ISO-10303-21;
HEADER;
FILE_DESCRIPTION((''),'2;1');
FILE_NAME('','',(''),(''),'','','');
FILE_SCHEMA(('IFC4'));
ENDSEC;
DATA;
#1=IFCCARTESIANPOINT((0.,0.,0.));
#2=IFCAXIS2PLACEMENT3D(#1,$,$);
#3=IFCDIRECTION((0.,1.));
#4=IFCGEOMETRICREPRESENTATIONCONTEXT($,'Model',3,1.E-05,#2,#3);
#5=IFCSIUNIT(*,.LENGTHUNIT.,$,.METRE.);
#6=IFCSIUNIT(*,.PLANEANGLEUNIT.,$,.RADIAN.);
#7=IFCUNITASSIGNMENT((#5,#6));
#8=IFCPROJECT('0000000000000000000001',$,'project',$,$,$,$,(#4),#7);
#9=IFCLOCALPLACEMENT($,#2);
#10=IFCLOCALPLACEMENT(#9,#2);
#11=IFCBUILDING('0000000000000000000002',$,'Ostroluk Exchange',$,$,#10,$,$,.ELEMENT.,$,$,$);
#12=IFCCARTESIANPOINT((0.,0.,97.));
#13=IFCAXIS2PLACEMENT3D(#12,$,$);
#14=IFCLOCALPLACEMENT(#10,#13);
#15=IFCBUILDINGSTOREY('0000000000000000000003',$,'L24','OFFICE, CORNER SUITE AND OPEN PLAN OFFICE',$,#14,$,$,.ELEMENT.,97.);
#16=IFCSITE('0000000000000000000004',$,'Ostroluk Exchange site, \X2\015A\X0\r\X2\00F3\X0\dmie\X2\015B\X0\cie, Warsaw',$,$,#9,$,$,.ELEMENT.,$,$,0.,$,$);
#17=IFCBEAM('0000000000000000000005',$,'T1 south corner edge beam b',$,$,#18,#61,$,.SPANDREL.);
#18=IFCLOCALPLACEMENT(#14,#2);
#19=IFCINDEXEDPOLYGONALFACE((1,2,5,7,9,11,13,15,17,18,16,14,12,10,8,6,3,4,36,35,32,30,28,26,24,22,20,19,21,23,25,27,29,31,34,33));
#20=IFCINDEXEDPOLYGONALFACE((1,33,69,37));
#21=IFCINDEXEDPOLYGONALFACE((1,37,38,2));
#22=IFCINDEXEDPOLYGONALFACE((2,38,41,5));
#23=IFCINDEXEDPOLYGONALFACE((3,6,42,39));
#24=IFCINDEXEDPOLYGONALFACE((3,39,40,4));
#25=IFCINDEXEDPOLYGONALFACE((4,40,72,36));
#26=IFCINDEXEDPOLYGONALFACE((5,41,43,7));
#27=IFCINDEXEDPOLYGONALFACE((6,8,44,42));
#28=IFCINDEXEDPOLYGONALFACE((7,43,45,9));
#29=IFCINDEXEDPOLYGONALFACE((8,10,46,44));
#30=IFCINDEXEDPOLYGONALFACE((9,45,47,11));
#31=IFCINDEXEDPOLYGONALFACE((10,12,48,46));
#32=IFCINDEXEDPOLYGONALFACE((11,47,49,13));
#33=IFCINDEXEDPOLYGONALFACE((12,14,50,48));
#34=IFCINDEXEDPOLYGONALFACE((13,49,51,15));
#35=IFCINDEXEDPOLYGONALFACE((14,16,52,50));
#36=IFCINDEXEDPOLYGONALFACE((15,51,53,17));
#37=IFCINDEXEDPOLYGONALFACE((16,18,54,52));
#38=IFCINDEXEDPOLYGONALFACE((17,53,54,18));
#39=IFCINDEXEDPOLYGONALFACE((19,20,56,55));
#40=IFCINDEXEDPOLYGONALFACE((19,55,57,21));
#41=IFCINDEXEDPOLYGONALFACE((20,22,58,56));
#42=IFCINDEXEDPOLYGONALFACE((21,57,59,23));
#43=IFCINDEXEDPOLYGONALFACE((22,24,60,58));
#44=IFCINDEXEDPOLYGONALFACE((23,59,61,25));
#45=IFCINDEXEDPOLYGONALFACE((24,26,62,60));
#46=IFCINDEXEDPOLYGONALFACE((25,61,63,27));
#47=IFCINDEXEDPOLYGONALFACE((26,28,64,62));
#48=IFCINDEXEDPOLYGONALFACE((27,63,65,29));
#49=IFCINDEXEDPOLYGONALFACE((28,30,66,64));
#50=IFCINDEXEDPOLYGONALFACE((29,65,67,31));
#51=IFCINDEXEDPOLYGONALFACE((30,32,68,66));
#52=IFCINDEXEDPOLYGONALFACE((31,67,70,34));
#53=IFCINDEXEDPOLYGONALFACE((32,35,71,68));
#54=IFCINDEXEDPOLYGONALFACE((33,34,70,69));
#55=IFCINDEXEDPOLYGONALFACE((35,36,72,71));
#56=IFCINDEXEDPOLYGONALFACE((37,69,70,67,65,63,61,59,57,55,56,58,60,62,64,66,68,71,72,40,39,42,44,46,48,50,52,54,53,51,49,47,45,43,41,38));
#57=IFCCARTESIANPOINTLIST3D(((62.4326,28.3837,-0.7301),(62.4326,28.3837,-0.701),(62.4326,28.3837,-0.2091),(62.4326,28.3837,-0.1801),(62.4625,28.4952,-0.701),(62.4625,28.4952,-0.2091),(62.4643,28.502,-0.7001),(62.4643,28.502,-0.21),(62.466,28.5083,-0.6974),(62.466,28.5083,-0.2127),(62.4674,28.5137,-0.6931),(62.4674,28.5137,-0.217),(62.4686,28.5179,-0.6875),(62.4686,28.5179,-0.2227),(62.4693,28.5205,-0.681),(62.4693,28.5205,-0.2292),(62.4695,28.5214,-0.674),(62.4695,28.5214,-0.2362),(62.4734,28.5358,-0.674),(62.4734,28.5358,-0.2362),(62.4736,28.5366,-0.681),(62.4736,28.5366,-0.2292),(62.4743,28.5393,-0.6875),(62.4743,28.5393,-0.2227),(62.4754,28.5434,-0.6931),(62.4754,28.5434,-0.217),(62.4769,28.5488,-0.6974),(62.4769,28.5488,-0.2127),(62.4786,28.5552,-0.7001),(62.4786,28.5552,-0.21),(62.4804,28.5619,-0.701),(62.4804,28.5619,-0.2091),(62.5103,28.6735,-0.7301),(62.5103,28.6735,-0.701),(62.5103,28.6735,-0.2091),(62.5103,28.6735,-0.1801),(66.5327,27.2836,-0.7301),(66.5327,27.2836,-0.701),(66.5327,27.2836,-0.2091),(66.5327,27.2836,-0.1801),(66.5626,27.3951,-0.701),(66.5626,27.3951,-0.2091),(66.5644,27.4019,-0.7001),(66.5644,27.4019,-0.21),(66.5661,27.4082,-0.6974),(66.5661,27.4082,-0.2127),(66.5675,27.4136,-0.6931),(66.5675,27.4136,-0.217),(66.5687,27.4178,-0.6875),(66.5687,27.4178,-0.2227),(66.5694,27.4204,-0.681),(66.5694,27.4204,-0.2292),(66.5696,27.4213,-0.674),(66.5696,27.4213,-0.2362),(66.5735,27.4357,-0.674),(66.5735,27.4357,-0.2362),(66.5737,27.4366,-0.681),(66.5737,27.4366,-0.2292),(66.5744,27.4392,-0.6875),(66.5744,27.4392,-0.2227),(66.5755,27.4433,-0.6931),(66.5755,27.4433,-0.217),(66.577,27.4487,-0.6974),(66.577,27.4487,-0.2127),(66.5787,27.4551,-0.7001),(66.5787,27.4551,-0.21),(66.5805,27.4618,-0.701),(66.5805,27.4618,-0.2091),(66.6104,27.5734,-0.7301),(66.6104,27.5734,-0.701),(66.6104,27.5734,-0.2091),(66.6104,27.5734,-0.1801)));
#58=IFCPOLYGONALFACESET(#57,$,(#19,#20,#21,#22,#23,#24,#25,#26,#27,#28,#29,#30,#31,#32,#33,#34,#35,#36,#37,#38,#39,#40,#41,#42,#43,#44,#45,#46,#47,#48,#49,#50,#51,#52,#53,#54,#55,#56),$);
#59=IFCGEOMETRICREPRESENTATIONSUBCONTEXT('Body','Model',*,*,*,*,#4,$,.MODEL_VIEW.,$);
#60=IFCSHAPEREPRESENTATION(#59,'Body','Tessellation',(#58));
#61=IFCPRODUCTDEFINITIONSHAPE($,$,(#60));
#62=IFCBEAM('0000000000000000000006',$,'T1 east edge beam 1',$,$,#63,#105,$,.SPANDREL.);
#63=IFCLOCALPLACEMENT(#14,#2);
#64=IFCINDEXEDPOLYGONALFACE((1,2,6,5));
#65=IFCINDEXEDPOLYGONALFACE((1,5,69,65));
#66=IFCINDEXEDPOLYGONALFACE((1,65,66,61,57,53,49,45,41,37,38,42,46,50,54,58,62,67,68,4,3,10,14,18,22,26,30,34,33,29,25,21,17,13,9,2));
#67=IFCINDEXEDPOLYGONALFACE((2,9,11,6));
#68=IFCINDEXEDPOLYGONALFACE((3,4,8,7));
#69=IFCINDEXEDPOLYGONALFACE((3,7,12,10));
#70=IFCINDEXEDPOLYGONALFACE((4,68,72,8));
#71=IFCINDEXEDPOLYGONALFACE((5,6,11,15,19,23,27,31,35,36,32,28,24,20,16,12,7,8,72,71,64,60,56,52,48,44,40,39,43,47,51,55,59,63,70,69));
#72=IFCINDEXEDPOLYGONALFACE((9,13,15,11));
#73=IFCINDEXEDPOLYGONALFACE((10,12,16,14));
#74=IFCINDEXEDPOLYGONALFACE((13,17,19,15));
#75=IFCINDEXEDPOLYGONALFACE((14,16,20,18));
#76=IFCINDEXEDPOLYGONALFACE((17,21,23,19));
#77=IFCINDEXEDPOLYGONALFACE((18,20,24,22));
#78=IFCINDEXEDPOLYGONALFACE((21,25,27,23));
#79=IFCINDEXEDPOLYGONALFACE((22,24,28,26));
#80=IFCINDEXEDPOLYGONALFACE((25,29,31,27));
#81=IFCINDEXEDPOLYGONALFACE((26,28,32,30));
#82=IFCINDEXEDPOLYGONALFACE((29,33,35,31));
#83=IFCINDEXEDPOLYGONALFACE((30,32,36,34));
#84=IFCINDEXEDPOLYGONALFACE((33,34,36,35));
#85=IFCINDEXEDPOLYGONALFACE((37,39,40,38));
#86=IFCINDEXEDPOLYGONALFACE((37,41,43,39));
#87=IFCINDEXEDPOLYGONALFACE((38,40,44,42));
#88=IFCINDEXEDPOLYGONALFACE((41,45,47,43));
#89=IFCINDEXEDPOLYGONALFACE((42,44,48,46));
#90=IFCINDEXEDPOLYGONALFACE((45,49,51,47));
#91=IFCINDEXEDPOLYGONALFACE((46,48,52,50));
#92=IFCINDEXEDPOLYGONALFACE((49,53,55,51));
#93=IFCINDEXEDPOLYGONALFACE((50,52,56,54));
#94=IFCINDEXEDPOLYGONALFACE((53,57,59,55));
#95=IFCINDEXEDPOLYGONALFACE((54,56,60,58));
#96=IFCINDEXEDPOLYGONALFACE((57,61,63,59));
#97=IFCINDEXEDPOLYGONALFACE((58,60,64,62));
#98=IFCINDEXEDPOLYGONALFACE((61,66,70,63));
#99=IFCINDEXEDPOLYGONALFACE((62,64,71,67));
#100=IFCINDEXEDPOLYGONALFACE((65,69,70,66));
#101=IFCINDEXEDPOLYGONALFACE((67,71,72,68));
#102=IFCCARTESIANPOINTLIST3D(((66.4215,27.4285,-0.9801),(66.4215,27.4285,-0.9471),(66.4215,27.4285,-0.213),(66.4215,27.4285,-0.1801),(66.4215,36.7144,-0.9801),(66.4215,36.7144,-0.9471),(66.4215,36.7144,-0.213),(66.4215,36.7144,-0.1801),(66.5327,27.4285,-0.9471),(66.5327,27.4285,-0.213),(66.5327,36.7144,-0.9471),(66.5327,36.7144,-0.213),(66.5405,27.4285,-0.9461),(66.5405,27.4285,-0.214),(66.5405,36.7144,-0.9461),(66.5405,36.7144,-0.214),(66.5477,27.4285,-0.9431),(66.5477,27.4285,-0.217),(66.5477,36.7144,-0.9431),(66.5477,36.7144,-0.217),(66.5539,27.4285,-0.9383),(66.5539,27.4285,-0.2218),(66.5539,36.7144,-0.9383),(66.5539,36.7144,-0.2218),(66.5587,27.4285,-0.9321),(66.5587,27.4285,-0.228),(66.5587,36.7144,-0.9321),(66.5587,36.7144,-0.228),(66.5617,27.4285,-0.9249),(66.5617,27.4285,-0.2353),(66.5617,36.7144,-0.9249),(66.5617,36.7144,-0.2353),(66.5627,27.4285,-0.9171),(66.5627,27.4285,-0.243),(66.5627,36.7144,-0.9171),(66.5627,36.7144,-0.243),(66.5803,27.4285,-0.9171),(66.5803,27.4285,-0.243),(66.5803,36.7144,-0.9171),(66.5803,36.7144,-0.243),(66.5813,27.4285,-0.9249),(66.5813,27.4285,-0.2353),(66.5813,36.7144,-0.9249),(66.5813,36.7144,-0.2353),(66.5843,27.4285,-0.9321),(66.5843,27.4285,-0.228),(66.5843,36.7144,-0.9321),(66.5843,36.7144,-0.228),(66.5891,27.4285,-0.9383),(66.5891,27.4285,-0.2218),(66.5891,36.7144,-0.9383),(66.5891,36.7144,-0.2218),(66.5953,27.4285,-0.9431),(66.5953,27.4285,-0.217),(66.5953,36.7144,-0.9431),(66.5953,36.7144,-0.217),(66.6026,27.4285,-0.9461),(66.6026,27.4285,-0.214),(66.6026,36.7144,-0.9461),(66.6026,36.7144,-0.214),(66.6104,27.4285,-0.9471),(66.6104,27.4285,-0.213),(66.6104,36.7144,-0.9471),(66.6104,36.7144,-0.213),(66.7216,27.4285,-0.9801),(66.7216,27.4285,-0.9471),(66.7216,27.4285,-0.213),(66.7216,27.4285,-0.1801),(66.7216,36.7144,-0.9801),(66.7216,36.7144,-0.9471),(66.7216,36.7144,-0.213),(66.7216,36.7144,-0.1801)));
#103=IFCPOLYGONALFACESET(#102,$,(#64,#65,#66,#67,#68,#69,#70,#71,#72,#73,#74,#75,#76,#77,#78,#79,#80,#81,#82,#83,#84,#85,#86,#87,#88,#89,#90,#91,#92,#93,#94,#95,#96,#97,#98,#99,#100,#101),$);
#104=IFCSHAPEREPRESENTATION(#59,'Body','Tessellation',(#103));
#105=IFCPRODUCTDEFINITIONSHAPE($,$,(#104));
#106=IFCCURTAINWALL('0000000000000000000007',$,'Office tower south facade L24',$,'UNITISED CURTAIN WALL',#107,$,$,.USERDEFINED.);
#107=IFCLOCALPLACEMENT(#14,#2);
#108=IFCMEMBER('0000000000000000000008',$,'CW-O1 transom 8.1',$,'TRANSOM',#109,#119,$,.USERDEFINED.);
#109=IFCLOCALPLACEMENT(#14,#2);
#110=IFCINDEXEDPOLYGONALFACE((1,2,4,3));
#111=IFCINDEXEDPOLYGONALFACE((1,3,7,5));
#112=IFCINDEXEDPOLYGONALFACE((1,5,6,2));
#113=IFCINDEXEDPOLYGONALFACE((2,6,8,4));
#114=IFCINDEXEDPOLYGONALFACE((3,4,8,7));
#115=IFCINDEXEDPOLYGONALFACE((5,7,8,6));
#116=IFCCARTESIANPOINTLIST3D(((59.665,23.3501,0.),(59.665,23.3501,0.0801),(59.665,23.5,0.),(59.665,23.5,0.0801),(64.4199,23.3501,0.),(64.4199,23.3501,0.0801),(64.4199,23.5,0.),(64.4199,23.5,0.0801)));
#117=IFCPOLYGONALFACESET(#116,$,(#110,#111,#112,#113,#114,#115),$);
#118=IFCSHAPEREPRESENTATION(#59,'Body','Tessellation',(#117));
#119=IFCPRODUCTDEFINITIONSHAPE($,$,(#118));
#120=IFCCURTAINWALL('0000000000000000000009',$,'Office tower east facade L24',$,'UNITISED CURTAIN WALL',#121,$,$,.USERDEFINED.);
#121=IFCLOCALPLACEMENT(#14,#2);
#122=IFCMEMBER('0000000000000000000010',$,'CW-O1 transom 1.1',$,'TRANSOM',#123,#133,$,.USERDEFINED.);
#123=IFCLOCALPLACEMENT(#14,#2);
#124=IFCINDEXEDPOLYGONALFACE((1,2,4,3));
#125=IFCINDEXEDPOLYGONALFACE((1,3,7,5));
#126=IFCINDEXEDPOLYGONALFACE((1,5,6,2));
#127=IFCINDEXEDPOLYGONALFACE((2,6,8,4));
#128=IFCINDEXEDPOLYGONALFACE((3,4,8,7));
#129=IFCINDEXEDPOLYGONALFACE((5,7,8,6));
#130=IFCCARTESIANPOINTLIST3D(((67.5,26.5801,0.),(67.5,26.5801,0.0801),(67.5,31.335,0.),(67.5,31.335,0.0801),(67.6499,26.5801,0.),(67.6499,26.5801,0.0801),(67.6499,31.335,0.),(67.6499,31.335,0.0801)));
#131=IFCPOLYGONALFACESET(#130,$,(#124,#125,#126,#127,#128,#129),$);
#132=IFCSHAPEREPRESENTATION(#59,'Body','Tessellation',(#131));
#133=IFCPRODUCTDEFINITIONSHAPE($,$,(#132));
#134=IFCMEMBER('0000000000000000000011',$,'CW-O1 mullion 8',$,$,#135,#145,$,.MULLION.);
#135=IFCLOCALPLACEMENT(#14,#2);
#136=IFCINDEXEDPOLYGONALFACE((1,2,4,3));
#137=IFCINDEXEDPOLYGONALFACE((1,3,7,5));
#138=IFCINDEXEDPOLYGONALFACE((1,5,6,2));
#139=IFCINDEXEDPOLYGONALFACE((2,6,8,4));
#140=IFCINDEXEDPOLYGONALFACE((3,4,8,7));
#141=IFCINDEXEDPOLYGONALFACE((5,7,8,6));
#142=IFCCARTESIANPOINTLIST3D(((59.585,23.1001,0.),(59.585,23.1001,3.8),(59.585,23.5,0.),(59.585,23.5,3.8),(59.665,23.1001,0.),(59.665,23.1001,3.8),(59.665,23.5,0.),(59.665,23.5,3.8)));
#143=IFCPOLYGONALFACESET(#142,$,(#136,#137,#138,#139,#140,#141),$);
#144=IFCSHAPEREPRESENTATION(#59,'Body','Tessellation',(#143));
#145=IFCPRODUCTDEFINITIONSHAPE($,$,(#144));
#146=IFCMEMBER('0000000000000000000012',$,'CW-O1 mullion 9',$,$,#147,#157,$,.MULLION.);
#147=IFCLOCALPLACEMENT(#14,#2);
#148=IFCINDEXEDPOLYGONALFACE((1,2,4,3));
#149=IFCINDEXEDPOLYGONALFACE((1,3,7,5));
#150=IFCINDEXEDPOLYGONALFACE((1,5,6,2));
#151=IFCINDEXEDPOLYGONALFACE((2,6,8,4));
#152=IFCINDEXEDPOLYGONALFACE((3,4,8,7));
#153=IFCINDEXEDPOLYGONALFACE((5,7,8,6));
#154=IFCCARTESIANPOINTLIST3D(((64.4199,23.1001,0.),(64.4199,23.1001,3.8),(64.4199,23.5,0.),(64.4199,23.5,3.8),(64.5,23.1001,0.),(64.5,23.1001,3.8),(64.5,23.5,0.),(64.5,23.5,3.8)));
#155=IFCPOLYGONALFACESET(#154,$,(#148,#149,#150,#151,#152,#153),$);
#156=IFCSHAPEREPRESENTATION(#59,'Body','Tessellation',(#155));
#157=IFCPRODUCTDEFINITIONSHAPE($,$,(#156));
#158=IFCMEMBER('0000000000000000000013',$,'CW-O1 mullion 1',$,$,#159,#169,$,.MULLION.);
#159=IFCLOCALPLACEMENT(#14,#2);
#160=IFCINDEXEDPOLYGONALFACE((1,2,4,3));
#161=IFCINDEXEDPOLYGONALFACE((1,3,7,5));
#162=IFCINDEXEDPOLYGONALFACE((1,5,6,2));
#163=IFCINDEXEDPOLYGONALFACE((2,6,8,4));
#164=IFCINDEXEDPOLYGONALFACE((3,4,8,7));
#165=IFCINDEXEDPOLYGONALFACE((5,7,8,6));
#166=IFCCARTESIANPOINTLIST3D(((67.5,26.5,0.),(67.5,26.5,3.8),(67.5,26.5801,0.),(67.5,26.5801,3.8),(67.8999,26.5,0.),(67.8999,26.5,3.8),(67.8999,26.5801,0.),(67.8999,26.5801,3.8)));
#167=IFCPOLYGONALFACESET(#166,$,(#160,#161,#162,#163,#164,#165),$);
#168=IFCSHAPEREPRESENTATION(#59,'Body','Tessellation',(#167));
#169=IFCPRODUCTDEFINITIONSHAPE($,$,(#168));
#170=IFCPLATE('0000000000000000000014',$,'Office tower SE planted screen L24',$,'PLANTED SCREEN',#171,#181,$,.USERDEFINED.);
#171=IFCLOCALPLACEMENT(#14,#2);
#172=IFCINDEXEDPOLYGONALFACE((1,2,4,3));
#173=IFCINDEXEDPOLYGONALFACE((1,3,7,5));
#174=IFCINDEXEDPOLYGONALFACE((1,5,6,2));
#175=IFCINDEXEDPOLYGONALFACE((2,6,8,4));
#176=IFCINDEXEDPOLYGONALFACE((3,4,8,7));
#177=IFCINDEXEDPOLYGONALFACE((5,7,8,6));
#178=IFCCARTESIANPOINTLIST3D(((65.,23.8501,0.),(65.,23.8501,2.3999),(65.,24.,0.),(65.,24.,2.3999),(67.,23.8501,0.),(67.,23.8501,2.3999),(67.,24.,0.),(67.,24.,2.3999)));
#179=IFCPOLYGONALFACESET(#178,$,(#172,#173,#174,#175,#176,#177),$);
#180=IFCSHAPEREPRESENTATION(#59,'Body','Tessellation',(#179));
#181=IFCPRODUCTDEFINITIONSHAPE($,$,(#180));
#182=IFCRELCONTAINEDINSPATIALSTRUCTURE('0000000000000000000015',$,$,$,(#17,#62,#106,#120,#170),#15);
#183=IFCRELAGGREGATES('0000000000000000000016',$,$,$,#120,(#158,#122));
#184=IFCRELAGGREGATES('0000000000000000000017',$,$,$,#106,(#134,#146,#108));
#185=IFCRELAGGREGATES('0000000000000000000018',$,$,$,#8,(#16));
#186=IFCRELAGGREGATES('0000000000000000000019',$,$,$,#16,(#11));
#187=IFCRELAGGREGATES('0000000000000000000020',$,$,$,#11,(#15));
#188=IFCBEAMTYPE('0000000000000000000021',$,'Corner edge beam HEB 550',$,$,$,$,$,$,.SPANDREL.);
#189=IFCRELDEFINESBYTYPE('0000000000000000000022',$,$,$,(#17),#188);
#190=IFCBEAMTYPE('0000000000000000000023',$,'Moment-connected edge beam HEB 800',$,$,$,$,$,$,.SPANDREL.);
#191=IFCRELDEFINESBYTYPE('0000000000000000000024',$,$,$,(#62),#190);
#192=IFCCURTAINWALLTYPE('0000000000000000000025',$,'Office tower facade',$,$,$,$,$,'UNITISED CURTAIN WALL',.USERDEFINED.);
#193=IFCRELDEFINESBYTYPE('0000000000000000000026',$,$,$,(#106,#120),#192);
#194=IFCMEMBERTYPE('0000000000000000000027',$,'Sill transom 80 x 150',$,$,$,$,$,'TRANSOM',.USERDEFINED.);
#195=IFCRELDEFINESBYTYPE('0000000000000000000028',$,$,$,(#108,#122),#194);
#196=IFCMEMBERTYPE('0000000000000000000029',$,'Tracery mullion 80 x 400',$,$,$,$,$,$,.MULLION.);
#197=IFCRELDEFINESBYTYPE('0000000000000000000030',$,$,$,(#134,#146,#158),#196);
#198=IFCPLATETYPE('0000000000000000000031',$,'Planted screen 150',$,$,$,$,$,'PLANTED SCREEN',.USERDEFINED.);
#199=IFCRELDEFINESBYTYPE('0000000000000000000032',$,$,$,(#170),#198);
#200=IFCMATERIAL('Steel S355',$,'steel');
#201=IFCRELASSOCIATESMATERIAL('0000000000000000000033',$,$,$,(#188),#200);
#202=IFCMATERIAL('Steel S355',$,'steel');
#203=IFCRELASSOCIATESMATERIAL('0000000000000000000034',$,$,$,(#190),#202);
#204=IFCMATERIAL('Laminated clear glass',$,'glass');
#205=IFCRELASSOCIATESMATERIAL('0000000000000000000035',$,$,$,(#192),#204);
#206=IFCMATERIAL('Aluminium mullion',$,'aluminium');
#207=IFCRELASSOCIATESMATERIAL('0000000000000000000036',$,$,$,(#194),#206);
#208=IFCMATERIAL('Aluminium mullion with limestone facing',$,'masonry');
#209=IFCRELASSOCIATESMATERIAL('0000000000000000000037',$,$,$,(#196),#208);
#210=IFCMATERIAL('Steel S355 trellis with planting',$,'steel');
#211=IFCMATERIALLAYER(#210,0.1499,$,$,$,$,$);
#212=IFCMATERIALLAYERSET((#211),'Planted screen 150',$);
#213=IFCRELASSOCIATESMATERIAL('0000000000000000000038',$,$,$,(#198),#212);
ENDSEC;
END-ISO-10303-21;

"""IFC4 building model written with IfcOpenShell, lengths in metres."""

from ifc_helpers import new_model, si_unit, direction, frame, origin, origin_2d, place, context, subcontext, project, spatial, rectangle, i_section, extrude, material, layer, layer_set, material_profile, profile_set, type_object, element, aggregate, save


model = new_model("IFC4")

# Units and contexts
model_context = context("Model", 3, precision=1e-05, world=origin(), true_north=direction((0.0, 1.0)))
body_context = subcontext(model_context, "Body", "Model", "MODEL_VIEW")
ifc_project = project(units=[si_unit("LENGTHUNIT", "METRE"), si_unit("PLANEANGLEUNIT", "RADIAN")], contexts=[model_context])

# Site, building, storey
site_placement = place(None, origin())
site = spatial("IfcSite", under=ifc_project, at=site_placement, Name="Ostroluk Exchange site, Śródmieście, Warsaw", CompositionType="ELEMENT", RefElevation=0.0)
building_placement = place(site_placement, origin())
building = spatial("IfcBuilding", under=site, at=building_placement, Name="Ostroluk Exchange", CompositionType="ELEMENT")
storey_placement = place(building_placement, frame((0.0, 0.0, 97.0)))
storey = spatial("IfcBuildingStorey", under=building, at=storey_placement, Name="L24", Description="OFFICE, CORNER SUITE AND OPEN PLAN OFFICE", CompositionType="ELEMENT", Elevation=97.0)

# Beams
ifc_material_1 = material(Name="Steel S355", Category="steel")
ifc_material_profile_1 = material_profile(ifc_material_1, i_section(OverallWidth=0.3, OverallDepth=0.55, WebThickness=0.0149, FlangeThickness=0.0291, FilletRadius=0.0271, at=origin_2d()), Name="HEB 550")
ifc_profile_set_1 = profile_set([ifc_material_profile_1], Name="Steel S355")
beam_type_1 = type_object("IfcBeamType", Name="Corner edge beam HEB 550", PredefinedType="SPANDREL", material=ifc_profile_set_1)
for number, where, z_axis, x_axis, name in (
    (1, (62.4714, 28.5286, -0.4551), (0.965839, -0.259144, 0.0), (0.259144, 0.965839, 0.0), "T1 south corner edge beam b"),
):
    element("IfcBeam", number, at=place(storey_placement, frame(where, z_axis=z_axis, x_axis=x_axis)), inside=storey, type_object=beam_type_1, Name=name, PredefinedType="SPANDREL", context=body_context, shape_type="SweptSolid", body=[
        extrude(i_section(OverallWidth=0.3, OverallDepth=0.55, WebThickness=0.0149, FlangeThickness=0.0291, FilletRadius=0.0271, at=origin_2d()), origin(), (0.0, 0.0, 1.0), 4.2451),
    ])
ifc_material_2 = material(Name="Steel S355", Category="steel")
ifc_material_profile_2 = material_profile(ifc_material_2, i_section(OverallWidth=0.3, OverallDepth=0.8, WebThickness=0.0176, FlangeThickness=0.033, FilletRadius=0.03, at=origin_2d()), Name="HEB 800")
ifc_profile_set_2 = profile_set([ifc_material_profile_2], Name="Steel S355")
beam_type_2 = type_object("IfcBeamType", Name="Moment-connected edge beam HEB 800", PredefinedType="SPANDREL", material=ifc_profile_set_2)
beam_1_placement = place(storey_placement, frame((66.5715, 27.4285, -0.5801), z_axis=(0.0, 1.0, 0.0), x_axis=(-1.0, 0.0, 0.0)))
element("IfcBeam", 2, at=beam_1_placement, inside=storey, type_object=beam_type_2, Name="T1 east edge beam 1", PredefinedType="SPANDREL", context=body_context, shape_type="SweptSolid", body=[
    extrude(i_section(OverallWidth=0.3, OverallDepth=0.8, WebThickness=0.0176, FlangeThickness=0.033, FilletRadius=0.03, at=origin_2d()), origin(), (0.0, 0.0, 1.0), 9.2859),
])

# Curtain walls, members
ifc_material_3 = material(Name="Laminated clear glass", Category="glass")
curtain_wall_type = type_object("IfcCurtainWallType", Name="Office tower facade", ElementType="UNITISED CURTAIN WALL", PredefinedType="USERDEFINED", material=ifc_material_3)
curtain_wall_1_placement = place(storey_placement, origin())
curtain_wall_1 = element("IfcCurtainWall", 3, at=curtain_wall_1_placement, inside=storey, type_object=curtain_wall_type, Name="Office tower south facade L24", ObjectType="UNITISED CURTAIN WALL", PredefinedType="USERDEFINED")
ifc_material_4 = material(Name="Aluminium mullion", Category="aluminium")
ifc_material_profile_3 = material_profile(ifc_material_4, rectangle(XDim=0.1499, YDim=0.0801, at=origin_2d()), Name="Sill transom 80 x 150")
ifc_profile_set_3 = profile_set([ifc_material_profile_3], Name="Aluminium mullion")
member_type_1 = type_object("IfcMemberType", Name="Sill transom 80 x 150", ElementType="TRANSOM", PredefinedType="USERDEFINED", material=ifc_profile_set_3)
member_1_placement = place(storey_placement, frame((59.665, 23.425, 0.04), z_axis=(1.0, 0.0, 0.0), x_axis=(0.0, 1.0, 0.0)))
member_1 = element("IfcMember", 4, at=member_1_placement, type_object=member_type_1, Name="CW-O1 transom 8.1", ObjectType="TRANSOM", PredefinedType="USERDEFINED", context=body_context, shape_type="SweptSolid", body=[
    extrude(rectangle(XDim=0.1499, YDim=0.0801, at=origin_2d()), origin(), (0.0, 0.0, 1.0), 4.7549),
])
curtain_wall_2_placement = place(storey_placement, origin())
curtain_wall_2 = element("IfcCurtainWall", 5, at=curtain_wall_2_placement, inside=storey, type_object=curtain_wall_type, Name="Office tower east facade L24", ObjectType="UNITISED CURTAIN WALL", PredefinedType="USERDEFINED")
member_2_placement = place(storey_placement, frame((67.575, 26.5801, 0.04), z_axis=(0.0, 1.0, 0.0), x_axis=(-1.0, 0.0, 0.0)))
member_2 = element("IfcMember", 6, at=member_2_placement, type_object=member_type_1, Name="CW-O1 transom 1.1", ObjectType="TRANSOM", PredefinedType="USERDEFINED", context=body_context, shape_type="SweptSolid", body=[
    extrude(rectangle(XDim=0.1499, YDim=0.0801, at=origin_2d()), origin(), (0.0, 0.0, 1.0), 4.7549),
])

# Members
ifc_material_5 = material(Name="Aluminium mullion with limestone facing", Category="masonry")
ifc_material_profile_4 = material_profile(ifc_material_5, rectangle(XDim=0.3999, YDim=0.0801, at=origin_2d()), Name="Tracery mullion 80 x 400")
ifc_profile_set_4 = profile_set([ifc_material_profile_4], Name="Aluminium mullion with limestone facing")
member_type_2 = type_object("IfcMemberType", Name="Tracery mullion 80 x 400", PredefinedType="MULLION", material=ifc_profile_set_4)
member_3_placement = place(storey_placement, frame((59.625, 23.3, 0.0), z_axis=(0.0, 0.0, 1.0), x_axis=(0.0, 1.0, 0.0)))
member_3 = element("IfcMember", 7, at=member_3_placement, type_object=member_type_2, Name="CW-O1 mullion 8", PredefinedType="MULLION", context=body_context, shape_type="SweptSolid", body=[
    extrude(rectangle(XDim=0.3999, YDim=0.0801, at=origin_2d()), origin(), (0.0, 0.0, 1.0), 3.8),
])
member_4_placement = place(storey_placement, frame((64.46, 23.3, 0.0), z_axis=(0.0, 0.0, 1.0), x_axis=(0.0, 1.0, 0.0)))
member_4 = element("IfcMember", 8, at=member_4_placement, type_object=member_type_2, Name="CW-O1 mullion 9", PredefinedType="MULLION", context=body_context, shape_type="SweptSolid", body=[
    extrude(rectangle(XDim=0.3999, YDim=0.0801, at=origin_2d()), origin(), (0.0, 0.0, 1.0), 3.8),
])
member_5_placement = place(storey_placement, frame((67.7, 26.54, 0.0), z_axis=(0.0, 0.0, 1.0), x_axis=(-1.0, 0.0, 0.0)))
member_5 = element("IfcMember", 9, at=member_5_placement, type_object=member_type_2, Name="CW-O1 mullion 1", PredefinedType="MULLION", context=body_context, shape_type="SweptSolid", body=[
    extrude(rectangle(XDim=0.3999, YDim=0.0801, at=origin_2d()), origin(), (0.0, 0.0, 1.0), 3.8),
])
aggregate(curtain_wall_2, [member_5, member_2])

# Plate
ifc_material_6 = material(Name="Steel S355 trellis with planting", Category="steel")
ifc_layer_1 = layer(ifc_material_6, 0.1499)
ifc_layer_set_1 = layer_set([ifc_layer_1], Name="Planted screen 150")
plate_type_1 = type_object("IfcPlateType", Name="Planted screen 150", ElementType="PLANTED SCREEN", PredefinedType="USERDEFINED", material=ifc_layer_set_1)
plate_1_placement = place(storey_placement, frame((66.0, 23.925, 0.0), z_axis=(0.0, 0.0, 1.0), x_axis=(1.0, 0.0, 0.0)))
element("IfcPlate", 10, at=plate_1_placement, inside=storey, type_object=plate_type_1, Name="Office tower SE planted screen L24", ObjectType="PLANTED SCREEN", PredefinedType="USERDEFINED", context=body_context, shape_type="SweptSolid", body=[
    extrude(rectangle(XDim=2.0, YDim=0.1499, at=origin_2d()), origin(), (0.0, 0.0, 1.0), 2.3999),
])
aggregate(curtain_wall_1, [member_3, member_4, member_1])

save(model, "model.ifc")
